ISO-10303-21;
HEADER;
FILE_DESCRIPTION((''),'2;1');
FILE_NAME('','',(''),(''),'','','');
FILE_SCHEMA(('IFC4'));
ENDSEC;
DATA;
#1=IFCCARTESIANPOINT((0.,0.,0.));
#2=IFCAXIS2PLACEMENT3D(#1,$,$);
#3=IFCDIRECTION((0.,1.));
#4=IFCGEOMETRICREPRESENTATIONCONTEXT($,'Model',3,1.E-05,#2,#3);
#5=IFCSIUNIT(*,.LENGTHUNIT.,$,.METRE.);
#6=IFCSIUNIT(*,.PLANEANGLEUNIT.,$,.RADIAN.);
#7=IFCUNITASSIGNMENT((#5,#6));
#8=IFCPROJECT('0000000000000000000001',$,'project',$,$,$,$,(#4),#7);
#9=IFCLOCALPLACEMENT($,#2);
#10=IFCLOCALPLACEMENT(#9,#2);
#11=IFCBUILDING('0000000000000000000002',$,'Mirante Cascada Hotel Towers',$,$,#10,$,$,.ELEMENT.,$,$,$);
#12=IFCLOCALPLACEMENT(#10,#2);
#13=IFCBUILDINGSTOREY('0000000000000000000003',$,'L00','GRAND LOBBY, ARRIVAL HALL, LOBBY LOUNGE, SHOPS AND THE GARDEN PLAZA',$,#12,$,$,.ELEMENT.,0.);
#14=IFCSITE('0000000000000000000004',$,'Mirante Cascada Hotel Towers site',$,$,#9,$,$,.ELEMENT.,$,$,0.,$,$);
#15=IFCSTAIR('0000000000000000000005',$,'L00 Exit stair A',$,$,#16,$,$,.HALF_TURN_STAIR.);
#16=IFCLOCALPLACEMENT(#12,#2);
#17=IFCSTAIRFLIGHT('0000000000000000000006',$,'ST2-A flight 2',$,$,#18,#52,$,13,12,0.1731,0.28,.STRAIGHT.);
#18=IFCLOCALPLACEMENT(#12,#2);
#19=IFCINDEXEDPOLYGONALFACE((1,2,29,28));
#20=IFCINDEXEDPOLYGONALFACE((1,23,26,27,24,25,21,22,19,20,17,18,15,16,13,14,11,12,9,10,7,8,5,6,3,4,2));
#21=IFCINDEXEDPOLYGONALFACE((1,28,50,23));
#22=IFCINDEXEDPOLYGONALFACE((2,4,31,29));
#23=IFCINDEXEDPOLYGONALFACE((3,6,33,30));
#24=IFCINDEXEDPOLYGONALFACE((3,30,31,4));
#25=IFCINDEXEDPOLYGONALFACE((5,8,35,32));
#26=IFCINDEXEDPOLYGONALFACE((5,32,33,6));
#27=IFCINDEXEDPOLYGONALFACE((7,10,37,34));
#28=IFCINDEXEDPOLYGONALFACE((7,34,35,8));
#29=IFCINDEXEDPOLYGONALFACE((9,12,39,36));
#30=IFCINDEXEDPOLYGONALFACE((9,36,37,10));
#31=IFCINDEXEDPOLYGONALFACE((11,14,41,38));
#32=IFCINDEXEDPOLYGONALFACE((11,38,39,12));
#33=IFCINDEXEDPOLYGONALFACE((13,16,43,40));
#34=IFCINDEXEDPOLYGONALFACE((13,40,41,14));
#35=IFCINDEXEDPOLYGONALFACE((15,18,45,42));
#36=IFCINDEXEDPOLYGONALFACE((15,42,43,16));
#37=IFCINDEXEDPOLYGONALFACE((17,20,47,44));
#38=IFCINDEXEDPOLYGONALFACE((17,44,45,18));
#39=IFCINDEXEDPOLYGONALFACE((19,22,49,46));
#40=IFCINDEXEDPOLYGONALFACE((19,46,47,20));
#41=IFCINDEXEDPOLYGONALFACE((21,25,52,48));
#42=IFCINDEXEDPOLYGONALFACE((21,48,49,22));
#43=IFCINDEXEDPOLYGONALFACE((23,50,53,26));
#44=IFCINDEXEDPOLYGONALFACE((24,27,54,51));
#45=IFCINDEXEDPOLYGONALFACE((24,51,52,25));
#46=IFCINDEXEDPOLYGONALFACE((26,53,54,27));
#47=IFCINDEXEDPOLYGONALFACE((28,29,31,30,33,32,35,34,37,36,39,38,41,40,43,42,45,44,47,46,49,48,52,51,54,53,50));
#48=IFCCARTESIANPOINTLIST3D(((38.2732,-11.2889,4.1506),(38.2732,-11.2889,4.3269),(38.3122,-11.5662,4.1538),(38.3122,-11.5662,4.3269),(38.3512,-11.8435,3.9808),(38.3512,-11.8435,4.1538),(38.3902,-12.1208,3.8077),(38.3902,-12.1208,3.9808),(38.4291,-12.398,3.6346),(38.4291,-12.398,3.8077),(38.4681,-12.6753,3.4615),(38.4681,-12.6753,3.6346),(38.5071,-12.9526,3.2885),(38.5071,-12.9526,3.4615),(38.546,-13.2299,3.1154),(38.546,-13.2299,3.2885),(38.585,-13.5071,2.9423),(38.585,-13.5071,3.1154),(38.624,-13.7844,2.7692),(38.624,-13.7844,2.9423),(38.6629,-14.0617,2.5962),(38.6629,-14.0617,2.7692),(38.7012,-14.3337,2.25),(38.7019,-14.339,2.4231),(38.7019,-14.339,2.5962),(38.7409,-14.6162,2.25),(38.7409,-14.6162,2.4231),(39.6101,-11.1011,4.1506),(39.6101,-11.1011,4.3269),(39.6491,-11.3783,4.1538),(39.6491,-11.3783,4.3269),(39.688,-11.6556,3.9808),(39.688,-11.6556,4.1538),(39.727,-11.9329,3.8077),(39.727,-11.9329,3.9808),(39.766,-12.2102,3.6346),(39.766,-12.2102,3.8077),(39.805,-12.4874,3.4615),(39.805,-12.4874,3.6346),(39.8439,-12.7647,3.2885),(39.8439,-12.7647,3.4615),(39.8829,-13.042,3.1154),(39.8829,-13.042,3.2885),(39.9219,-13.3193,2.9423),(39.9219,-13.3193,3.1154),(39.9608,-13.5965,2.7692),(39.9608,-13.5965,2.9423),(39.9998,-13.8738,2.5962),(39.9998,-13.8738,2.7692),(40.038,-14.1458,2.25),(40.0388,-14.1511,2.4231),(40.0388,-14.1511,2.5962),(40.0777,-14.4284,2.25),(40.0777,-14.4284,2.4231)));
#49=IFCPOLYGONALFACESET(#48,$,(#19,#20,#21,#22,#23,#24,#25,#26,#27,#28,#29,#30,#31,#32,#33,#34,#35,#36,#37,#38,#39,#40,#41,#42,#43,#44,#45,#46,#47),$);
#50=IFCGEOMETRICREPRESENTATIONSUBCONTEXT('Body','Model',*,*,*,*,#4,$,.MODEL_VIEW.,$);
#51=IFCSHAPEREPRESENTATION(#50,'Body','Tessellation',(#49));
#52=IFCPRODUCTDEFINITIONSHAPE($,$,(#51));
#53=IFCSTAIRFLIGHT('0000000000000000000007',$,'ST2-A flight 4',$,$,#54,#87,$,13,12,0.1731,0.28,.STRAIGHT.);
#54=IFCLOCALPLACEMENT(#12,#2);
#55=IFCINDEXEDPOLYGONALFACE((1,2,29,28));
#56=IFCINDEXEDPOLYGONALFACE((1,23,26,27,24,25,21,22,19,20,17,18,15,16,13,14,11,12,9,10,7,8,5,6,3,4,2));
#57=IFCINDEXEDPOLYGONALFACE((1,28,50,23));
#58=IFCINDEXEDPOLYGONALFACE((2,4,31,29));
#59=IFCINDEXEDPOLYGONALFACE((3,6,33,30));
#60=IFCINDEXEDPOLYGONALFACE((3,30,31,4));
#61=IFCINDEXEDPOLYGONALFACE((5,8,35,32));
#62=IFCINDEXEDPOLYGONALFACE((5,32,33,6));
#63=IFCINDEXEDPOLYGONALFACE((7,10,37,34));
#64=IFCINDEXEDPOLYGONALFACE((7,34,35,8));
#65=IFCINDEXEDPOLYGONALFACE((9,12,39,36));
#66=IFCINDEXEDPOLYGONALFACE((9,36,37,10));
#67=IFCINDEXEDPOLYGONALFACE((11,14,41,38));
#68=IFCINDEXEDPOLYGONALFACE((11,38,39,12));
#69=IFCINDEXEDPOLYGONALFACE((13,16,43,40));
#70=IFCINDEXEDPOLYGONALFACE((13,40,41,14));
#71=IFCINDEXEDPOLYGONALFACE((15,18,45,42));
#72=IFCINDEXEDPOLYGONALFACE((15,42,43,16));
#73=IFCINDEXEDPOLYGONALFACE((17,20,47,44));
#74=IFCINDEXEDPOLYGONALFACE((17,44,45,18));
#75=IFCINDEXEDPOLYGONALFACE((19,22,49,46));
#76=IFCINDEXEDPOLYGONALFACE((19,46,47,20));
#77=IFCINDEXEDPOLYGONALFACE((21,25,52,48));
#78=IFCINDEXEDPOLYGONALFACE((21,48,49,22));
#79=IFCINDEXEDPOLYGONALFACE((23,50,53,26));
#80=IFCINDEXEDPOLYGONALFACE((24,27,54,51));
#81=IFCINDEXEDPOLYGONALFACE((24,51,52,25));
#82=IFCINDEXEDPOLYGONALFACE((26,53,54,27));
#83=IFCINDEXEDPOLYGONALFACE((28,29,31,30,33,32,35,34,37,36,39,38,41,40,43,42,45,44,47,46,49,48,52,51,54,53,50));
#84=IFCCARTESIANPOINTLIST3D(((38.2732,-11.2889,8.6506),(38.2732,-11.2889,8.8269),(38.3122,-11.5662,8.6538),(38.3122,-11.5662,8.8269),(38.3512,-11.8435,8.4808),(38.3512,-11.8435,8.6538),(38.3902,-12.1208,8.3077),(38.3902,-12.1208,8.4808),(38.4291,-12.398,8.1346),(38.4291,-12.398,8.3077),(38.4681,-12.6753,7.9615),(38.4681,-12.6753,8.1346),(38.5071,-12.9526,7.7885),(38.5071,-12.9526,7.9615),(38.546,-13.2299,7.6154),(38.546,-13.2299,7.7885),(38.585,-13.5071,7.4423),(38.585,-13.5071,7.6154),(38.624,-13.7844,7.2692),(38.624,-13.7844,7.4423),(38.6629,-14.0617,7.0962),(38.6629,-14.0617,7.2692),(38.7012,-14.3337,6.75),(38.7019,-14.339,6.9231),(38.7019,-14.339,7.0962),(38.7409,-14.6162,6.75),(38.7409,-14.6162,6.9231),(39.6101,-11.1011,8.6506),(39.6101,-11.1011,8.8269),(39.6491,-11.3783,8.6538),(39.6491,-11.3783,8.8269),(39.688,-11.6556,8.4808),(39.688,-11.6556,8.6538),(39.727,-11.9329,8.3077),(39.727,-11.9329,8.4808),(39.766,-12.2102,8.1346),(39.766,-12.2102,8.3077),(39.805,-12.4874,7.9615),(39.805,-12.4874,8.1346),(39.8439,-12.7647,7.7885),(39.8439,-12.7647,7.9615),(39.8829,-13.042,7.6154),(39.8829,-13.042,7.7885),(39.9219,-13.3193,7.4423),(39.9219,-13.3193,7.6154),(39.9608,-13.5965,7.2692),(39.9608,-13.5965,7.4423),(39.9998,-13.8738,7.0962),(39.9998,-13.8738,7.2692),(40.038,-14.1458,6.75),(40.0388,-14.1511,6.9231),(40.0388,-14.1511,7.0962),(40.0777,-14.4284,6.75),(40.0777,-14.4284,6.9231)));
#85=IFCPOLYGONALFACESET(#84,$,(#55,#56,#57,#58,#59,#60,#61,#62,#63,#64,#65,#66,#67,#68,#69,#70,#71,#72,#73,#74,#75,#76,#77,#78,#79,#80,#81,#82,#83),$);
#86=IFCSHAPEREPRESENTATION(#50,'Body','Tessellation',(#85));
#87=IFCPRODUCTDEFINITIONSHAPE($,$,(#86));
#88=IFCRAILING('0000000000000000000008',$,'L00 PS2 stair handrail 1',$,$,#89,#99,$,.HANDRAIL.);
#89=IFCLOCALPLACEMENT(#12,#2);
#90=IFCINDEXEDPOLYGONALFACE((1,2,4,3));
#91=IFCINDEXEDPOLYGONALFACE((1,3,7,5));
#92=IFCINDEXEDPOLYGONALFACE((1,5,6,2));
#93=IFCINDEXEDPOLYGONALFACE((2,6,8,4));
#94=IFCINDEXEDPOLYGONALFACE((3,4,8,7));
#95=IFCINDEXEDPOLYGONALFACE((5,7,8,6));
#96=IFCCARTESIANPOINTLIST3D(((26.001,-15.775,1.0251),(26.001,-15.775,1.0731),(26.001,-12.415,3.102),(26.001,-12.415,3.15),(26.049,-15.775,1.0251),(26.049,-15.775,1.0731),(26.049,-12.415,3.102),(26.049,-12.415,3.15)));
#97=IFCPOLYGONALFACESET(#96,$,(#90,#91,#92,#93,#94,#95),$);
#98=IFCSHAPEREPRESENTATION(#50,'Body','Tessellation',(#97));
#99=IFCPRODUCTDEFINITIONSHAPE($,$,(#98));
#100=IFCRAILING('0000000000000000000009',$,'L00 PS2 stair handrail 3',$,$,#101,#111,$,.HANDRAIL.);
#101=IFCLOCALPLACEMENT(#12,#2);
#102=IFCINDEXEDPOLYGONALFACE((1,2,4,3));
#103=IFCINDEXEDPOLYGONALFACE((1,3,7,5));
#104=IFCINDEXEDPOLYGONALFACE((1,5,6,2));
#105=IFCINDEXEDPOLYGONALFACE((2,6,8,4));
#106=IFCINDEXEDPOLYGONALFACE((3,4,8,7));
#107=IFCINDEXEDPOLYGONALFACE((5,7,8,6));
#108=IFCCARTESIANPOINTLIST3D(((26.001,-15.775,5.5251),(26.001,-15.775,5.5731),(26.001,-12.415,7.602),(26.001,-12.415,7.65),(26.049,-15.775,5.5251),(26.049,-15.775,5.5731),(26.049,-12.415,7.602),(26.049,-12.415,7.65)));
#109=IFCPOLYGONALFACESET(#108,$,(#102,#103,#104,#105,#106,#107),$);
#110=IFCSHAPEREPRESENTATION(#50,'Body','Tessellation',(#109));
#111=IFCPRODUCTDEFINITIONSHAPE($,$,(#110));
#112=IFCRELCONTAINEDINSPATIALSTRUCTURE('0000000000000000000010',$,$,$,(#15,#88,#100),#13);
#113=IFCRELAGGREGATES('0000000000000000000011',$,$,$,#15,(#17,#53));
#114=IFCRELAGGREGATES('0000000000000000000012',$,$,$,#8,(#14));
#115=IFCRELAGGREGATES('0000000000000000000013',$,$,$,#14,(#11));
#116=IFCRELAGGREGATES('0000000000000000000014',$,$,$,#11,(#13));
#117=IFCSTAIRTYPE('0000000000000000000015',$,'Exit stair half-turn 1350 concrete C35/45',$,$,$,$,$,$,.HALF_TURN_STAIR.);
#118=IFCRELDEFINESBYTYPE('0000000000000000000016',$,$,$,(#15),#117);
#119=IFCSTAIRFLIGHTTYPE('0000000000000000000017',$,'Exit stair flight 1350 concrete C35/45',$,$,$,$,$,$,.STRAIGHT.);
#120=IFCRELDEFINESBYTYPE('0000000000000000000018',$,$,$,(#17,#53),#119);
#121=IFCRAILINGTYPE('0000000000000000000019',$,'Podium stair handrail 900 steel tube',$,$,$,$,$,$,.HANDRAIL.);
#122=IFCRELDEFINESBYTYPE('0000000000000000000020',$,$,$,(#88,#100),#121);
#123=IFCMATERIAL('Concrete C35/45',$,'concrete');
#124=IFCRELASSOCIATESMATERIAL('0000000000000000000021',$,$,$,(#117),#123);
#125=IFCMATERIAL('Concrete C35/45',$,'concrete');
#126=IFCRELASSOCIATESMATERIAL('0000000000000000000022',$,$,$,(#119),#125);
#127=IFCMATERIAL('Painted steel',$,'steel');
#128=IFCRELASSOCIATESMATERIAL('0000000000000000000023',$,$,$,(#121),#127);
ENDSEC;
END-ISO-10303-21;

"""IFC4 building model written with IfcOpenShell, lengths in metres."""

from ifc_helpers import new_model, si_unit, direction, frame, origin, origin_2d, place, context, subcontext, project, spatial, polyline, rectangle, outline, extrude, material, type_object, element, aggregate, save


model = new_model("IFC4")

# Units and contexts
model_context = context("Model", 3, precision=1e-05, world=origin(), true_north=direction((0.0, 1.0)))
body_context = subcontext(model_context, "Body", "Model", "MODEL_VIEW")
ifc_project = project(units=[si_unit("LENGTHUNIT", "METRE"), si_unit("PLANEANGLEUNIT", "RADIAN")], contexts=[model_context])

# Site, building, storey
site_placement = place(None, origin())
site = spatial("IfcSite", under=ifc_project, at=site_placement, Name="Mirante Cascada Hotel Towers site", CompositionType="ELEMENT", RefElevation=0.0)
building_placement = place(site_placement, origin())
building = spatial("IfcBuilding", under=site, at=building_placement, Name="Mirante Cascada Hotel Towers", CompositionType="ELEMENT")
storey_placement = place(building_placement, origin())
storey = spatial("IfcBuildingStorey", under=building, at=storey_placement, Name="L00", Description="GRAND LOBBY, ARRIVAL HALL, LOBBY LOUNGE, SHOPS AND THE GARDEN PLAZA", CompositionType="ELEMENT", Elevation=0.0)

# Stair, stair flights
ifc_material_1 = material(Name="Concrete C35/45", Category="concrete")
stair_type = type_object("IfcStairType", Name="Exit stair half-turn 1350 concrete C35/45", PredefinedType="HALF_TURN_STAIR", material=ifc_material_1)
stair_placement = place(storey_placement, origin())
stair = element("IfcStair", 1, at=stair_placement, inside=storey, type_object=stair_type, Name="L00 Exit stair A", PredefinedType="HALF_TURN_STAIR")
ifc_material_2 = material(Name="Concrete C35/45", Category="concrete")
stair_flight_type = type_object("IfcStairFlightType", Name="Exit stair flight 1350 concrete C35/45", PredefinedType="STRAIGHT", material=ifc_material_2)
stair_flight_1_placement = place(storey_placement, frame((39.4093, -14.5223, 2.25), z_axis=(0.0, 0.0, 1.0), x_axis=(-0.139173, 0.990268, 0.0)))
stair_flight_1 = element("IfcStairFlight", 2, at=stair_flight_1_placement, type_object=stair_flight_type, Name="ST2-A flight 2", NumberOfRisers=13, NumberOfTreads=12, PredefinedType="STRAIGHT", RiserHeight=0.1731, TreadLength=0.28, context=body_context, shape_type="SweptSolid", body=[
    extrude(outline(polyline([(0.0, 0.0), (0.0, 0.1731), (0.28, 0.1731), (0.28, 0.3462), (0.56, 0.3462), (0.56, 0.5192), (0.84, 0.5192), (0.84, 0.6923), (1.12, 0.6923), (1.12, 0.8654), (1.4, 0.8654), (1.4, 1.0385), (1.68, 1.0385), (1.68, 1.2115), (1.96, 1.2115), (1.96, 1.3846), (2.24, 1.3846), (2.24, 1.5577), (2.52, 1.5577), (2.52, 1.7308), (2.8, 1.7308), (2.8, 1.9038), (3.08, 1.9038), (3.08, 2.0769), (3.36, 2.0769), (3.36, 2.25), (3.36, 1.9006), (0.2853, 0.0), (0.0, 0.0)])), frame((0.0, 0.675, 0.0), z_axis=(0.0, -1.0, 0.0), x_axis=(1.0, 0.0, 0.0)), (0.0, 0.0, 1.0), 1.35),
])
stair_flight_2_placement = place(storey_placement, frame((39.4093, -14.5223, 6.75), z_axis=(0.0, 0.0, 1.0), x_axis=(-0.139173, 0.990268, 0.0)))
stair_flight_2 = element("IfcStairFlight", 3, at=stair_flight_2_placement, type_object=stair_flight_type, Name="ST2-A flight 4", NumberOfRisers=13, NumberOfTreads=12, PredefinedType="STRAIGHT", RiserHeight=0.1731, TreadLength=0.28, context=body_context, shape_type="SweptSolid", body=[
    extrude(outline(polyline([(0.0, 0.0), (0.0, 0.1731), (0.28, 0.1731), (0.28, 0.3462), (0.56, 0.3462), (0.56, 0.5192), (0.84, 0.5192), (0.84, 0.6923), (1.12, 0.6923), (1.12, 0.8654), (1.4, 0.8654), (1.4, 1.0385), (1.68, 1.0385), (1.68, 1.2115), (1.96, 1.2115), (1.96, 1.3846), (2.24, 1.3846), (2.24, 1.5577), (2.52, 1.5577), (2.52, 1.7308), (2.8, 1.7308), (2.8, 1.9038), (3.08, 1.9038), (3.08, 2.0769), (3.36, 2.0769), (3.36, 2.25), (3.36, 1.9006), (0.2853, 0.0), (0.0, 0.0)])), frame((0.0, 0.675, 0.0), z_axis=(0.0, -1.0, 0.0), x_axis=(1.0, 0.0, 0.0)), (0.0, 0.0, 1.0), 1.35),
])
aggregate(stair, [stair_flight_1, stair_flight_2])

# Railings
ifc_material_3 = material(Name="Painted steel", Category="steel")
railing_type = type_object("IfcRailingType", Name="Podium stair handrail 900 steel tube", PredefinedType="HANDRAIL", material=ifc_material_3)
for number, where, name in (
    (4, (26.025, -15.775, 0.1731), "L00 PS2 stair handrail 1"),
    (5, (26.025, -15.775, 4.6731), "L00 PS2 stair handrail 3"),
):
    element("IfcRailing", number, at=place(storey_placement, frame(where)), inside=storey, type_object=railing_type, Name=name, PredefinedType="HANDRAIL", context=body_context, shape_type="SweptSolid", body=[
        extrude(rectangle(XDim=0.048, YDim=0.048, at=origin_2d()), frame((0.0, 0.0, 0.876), z_axis=(0.0, 1.0, 0.0), x_axis=(-1.0, 0.0, 0.0)), (0.0, 0.525787, 0.850616), 3.9501),
    ])

save(model, "model.ifc")
